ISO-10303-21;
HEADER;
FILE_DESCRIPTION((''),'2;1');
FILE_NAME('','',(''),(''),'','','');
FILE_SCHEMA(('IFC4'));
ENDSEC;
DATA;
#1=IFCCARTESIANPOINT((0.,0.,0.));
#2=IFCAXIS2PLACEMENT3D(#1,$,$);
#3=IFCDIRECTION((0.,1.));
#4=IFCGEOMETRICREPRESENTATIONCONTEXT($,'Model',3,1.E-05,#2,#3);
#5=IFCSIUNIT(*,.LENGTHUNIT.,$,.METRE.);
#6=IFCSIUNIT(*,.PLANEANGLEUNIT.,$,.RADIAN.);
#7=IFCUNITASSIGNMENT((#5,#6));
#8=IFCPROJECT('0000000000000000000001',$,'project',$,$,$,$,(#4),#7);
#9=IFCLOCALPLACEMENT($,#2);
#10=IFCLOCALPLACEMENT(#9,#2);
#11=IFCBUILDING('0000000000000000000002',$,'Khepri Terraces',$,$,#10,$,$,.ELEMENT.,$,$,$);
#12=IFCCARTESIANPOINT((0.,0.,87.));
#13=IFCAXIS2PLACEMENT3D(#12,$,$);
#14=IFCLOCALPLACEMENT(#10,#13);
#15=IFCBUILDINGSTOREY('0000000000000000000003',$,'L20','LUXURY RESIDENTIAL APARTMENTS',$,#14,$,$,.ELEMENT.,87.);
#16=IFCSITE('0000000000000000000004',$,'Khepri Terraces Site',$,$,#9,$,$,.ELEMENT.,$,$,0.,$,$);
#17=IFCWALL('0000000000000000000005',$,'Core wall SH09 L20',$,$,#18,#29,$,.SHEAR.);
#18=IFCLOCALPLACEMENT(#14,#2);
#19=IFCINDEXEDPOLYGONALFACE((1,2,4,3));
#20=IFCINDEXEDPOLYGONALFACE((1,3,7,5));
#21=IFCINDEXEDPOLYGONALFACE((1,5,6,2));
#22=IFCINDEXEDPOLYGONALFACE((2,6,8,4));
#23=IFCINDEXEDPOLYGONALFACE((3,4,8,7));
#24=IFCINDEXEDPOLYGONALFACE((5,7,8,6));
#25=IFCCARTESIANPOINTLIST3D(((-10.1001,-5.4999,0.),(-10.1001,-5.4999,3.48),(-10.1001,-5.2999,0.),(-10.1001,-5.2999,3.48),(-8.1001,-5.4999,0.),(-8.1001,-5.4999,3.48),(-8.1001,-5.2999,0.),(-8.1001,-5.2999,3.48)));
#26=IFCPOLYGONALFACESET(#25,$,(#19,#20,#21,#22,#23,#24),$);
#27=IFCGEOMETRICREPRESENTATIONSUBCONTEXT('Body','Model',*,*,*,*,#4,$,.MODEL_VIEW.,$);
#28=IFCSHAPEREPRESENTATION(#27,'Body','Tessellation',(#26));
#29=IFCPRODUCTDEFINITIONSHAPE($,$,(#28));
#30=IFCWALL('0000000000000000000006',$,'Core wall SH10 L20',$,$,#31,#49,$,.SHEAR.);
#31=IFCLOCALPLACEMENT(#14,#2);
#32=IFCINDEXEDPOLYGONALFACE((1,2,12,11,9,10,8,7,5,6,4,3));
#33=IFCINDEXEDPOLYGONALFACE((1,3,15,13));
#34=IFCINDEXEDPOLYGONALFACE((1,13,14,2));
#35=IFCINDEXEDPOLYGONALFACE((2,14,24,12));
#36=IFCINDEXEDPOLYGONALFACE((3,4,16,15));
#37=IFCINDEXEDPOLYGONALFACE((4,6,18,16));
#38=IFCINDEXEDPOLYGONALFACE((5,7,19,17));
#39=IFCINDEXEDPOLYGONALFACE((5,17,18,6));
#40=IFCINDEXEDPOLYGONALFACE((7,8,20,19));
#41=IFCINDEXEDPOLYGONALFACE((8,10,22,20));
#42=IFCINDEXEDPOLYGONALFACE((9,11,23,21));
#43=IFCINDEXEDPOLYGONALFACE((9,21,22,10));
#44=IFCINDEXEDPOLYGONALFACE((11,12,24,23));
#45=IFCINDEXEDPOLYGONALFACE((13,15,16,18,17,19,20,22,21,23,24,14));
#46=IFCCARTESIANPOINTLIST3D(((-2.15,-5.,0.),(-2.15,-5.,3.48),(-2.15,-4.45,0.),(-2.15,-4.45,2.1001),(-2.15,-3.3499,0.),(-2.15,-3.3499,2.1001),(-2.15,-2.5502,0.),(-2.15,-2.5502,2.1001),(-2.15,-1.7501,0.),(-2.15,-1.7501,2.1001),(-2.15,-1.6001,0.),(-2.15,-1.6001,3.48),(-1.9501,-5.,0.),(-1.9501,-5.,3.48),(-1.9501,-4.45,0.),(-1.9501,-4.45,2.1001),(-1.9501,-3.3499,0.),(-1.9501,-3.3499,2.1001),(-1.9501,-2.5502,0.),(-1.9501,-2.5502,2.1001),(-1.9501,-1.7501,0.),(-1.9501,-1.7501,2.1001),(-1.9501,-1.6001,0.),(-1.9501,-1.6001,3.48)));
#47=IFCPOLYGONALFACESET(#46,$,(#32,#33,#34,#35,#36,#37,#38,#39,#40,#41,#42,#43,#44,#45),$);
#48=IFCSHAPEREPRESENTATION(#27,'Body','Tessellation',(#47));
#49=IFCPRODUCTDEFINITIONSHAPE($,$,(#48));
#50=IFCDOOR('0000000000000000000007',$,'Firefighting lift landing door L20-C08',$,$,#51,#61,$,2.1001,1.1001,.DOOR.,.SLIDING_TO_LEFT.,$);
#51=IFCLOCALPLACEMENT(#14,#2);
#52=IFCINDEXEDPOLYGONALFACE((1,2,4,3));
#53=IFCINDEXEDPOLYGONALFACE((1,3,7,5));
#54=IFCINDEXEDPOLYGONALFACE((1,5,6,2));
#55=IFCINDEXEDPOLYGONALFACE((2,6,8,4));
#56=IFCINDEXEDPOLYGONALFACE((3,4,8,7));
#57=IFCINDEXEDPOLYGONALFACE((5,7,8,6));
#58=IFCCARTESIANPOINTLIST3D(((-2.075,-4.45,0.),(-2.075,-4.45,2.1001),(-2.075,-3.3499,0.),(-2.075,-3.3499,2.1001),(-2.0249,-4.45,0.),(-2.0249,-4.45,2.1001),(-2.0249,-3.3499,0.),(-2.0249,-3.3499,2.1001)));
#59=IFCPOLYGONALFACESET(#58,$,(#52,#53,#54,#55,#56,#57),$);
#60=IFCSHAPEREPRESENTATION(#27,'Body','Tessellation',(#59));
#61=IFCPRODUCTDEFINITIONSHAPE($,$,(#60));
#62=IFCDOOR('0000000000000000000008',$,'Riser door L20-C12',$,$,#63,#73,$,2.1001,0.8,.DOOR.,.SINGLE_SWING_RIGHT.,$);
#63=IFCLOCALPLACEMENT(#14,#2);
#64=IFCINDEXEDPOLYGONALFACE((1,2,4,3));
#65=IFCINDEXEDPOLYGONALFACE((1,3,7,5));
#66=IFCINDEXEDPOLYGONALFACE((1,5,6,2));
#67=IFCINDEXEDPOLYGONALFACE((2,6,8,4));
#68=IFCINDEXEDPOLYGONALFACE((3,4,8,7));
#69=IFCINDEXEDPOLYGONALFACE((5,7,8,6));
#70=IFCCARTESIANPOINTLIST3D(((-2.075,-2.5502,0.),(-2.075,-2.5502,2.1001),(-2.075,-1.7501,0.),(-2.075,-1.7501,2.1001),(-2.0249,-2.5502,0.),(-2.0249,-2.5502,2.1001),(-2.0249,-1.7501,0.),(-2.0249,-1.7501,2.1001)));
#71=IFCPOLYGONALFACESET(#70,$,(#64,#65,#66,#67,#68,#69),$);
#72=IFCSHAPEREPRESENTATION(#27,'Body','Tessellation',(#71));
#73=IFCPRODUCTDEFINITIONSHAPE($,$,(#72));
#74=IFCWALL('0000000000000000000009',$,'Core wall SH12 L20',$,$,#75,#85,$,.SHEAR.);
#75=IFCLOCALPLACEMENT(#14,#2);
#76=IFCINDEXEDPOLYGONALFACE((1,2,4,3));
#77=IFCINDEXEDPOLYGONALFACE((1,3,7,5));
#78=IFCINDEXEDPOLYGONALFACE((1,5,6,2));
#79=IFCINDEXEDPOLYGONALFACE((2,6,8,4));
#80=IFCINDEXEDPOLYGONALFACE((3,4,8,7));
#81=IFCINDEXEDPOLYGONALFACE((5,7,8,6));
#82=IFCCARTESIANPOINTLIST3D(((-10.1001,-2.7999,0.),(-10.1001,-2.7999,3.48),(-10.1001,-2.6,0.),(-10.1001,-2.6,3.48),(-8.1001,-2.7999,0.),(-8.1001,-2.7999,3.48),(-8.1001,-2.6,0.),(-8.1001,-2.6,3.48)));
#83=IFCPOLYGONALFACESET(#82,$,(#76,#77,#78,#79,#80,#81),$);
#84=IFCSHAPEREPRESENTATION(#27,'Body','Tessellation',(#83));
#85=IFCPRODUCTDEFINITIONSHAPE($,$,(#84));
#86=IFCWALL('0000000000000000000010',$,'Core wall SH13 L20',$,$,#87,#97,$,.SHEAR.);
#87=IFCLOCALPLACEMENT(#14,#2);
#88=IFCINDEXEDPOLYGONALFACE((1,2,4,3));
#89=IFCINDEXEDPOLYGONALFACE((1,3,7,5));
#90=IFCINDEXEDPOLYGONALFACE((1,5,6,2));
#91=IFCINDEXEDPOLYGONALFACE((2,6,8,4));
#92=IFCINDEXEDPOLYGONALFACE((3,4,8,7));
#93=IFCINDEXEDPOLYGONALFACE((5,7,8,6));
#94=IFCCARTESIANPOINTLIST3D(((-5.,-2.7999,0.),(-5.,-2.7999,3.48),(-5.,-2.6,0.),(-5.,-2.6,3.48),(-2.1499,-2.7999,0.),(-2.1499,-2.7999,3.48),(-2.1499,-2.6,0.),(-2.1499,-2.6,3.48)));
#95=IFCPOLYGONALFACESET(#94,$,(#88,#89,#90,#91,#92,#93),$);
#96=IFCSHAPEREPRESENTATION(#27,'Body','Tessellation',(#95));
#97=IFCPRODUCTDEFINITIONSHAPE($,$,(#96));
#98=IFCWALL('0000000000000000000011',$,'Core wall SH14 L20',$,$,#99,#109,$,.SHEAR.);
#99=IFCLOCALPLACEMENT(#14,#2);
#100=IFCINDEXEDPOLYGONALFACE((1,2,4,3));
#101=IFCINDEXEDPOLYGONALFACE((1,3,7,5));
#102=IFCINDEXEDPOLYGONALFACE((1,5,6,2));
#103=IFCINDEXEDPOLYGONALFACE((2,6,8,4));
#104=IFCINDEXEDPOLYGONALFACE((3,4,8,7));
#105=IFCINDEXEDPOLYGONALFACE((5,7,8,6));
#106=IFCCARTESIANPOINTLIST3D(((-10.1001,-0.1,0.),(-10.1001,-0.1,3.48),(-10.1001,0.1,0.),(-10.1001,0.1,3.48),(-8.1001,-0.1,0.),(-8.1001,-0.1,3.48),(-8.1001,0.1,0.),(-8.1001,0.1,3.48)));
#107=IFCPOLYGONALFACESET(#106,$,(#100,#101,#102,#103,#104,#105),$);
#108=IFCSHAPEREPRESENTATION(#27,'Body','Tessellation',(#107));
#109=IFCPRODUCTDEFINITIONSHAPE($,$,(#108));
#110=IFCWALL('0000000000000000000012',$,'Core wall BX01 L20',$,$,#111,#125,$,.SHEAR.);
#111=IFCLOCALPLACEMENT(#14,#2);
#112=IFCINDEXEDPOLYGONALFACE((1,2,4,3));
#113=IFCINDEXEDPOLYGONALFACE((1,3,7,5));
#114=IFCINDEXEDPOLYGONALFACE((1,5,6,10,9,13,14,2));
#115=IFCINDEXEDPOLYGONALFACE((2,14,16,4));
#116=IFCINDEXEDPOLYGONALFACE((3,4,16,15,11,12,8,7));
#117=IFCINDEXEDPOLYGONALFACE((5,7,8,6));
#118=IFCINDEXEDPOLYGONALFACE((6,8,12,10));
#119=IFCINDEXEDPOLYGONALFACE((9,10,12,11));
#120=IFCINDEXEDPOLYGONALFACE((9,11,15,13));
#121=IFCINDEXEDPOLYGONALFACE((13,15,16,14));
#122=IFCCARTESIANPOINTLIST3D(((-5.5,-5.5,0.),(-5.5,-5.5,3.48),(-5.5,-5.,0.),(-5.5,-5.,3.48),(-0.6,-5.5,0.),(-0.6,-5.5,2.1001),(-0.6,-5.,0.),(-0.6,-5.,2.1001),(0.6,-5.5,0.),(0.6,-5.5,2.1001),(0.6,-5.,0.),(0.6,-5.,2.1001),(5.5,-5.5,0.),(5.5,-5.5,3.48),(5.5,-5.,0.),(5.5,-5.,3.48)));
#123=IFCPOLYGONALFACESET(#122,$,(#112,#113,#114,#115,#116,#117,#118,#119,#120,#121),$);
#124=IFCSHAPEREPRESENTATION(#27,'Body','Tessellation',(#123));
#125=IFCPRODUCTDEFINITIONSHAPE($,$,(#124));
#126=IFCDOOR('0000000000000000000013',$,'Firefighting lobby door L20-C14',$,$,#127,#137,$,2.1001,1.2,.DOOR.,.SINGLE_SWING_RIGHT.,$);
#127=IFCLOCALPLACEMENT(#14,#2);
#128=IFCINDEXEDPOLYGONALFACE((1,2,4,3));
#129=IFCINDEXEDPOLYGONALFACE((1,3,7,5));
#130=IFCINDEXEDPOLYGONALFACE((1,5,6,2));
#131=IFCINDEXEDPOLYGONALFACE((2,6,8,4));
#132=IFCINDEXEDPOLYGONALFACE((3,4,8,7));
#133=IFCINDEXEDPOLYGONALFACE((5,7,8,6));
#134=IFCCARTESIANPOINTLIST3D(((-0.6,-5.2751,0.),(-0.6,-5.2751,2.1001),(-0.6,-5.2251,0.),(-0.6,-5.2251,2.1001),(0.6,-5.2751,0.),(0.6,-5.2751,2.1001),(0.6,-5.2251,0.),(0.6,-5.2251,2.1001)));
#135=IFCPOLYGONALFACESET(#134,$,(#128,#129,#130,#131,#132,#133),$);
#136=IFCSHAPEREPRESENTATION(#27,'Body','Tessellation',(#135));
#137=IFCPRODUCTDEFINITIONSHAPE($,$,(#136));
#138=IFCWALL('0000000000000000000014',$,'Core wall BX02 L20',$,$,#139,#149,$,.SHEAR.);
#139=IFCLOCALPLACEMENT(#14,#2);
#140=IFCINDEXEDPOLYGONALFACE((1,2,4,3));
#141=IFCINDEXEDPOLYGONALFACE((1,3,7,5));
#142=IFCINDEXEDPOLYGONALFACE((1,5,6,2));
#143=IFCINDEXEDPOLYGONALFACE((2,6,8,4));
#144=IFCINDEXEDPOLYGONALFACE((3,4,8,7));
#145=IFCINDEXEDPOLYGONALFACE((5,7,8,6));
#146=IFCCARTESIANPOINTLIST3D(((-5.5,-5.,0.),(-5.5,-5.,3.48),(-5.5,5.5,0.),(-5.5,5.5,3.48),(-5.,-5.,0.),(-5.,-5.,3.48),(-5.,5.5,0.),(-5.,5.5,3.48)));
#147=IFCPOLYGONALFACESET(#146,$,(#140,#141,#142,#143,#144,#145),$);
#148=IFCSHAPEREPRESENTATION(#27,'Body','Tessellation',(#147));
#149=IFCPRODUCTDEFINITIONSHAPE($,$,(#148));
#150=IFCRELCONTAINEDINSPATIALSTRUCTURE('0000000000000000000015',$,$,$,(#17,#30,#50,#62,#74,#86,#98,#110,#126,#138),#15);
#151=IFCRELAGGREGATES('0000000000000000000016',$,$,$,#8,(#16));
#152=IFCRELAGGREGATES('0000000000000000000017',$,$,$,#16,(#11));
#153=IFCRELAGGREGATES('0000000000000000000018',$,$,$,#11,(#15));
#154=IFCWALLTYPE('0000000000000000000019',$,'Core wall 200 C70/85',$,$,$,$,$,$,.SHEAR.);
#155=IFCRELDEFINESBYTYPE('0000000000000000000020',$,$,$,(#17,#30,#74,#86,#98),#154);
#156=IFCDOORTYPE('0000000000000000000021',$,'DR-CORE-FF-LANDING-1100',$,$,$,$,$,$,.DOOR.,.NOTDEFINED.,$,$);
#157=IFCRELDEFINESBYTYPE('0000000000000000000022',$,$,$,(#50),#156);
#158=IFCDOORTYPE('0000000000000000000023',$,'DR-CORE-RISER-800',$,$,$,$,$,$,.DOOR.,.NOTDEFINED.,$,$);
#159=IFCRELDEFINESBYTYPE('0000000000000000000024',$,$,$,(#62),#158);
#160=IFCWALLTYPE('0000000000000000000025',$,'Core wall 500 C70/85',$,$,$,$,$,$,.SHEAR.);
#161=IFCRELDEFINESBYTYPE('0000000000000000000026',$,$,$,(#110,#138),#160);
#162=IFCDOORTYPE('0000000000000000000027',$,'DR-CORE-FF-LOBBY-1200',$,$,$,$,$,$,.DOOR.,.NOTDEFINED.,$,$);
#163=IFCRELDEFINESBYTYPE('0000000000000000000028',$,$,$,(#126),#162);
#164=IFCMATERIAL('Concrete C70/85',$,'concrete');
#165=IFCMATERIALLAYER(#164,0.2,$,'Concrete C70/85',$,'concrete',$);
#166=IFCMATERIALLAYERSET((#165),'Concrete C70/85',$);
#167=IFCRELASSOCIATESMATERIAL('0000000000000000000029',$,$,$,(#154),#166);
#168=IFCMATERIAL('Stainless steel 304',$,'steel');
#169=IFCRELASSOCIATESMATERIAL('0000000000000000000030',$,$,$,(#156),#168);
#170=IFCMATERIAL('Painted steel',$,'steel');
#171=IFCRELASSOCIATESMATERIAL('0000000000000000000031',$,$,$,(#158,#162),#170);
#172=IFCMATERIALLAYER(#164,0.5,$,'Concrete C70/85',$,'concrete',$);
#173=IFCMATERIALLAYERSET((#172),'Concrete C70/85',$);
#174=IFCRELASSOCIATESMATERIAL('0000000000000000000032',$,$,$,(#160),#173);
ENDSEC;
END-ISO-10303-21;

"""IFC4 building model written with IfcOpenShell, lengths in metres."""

from ifc_helpers import new_model, si_unit, direction, frame, frame_2d, origin, place, context, subcontext, project, spatial, rectangle, extrude, material, layer, layer_set, type_object, element, fill, save


model = new_model("IFC4")

# Units and contexts
model_context = context("Model", 3, precision=1e-05, world=origin(), true_north=direction((0.0, 1.0)))
body_context = subcontext(model_context, "Body", "Model", "MODEL_VIEW")
ifc_project = project(units=[si_unit("LENGTHUNIT", "METRE"), si_unit("PLANEANGLEUNIT", "RADIAN")], contexts=[model_context])

# Site, building, storey
site_placement = place(None, origin())
site = spatial("IfcSite", under=ifc_project, at=site_placement, Name="Khepri Terraces Site", CompositionType="ELEMENT", RefElevation=0.0)
building_placement = place(site_placement, origin())
building = spatial("IfcBuilding", under=site, at=building_placement, Name="Khepri Terraces", CompositionType="ELEMENT")
storey_placement = place(building_placement, frame((0.0, 0.0, 87.0)))
storey = spatial("IfcBuildingStorey", under=building, at=storey_placement, Name="L20", Description="LUXURY RESIDENTIAL APARTMENTS", CompositionType="ELEMENT", Elevation=87.0)

# Shared definitions
ifc_material_1 = material(Name="Concrete C70/85", Category="concrete")
ifc_layer_1 = layer(ifc_material_1, 0.2, Name="Concrete C70/85", Category="concrete")
ifc_layer_set_1 = layer_set([ifc_layer_1], Name="Concrete C70/85")
wall_type_1 = type_object("IfcWallType", Name="Core wall 200 C70/85", PredefinedType="SHEAR", material=ifc_layer_set_1)

# Shared definitions
ifc_material_2 = material(Name="Painted steel", Category="steel")

# Shared definitions
ifc_material_3 = material(Name="Stainless steel 304", Category="steel")

# Wall
wall_1_placement = place(storey_placement, frame((-10.1001, -5.3999, 0.0), z_axis=(0.0, 0.0, 1.0), x_axis=(1.0, 0.0, 0.0)))
element("IfcWall", 1, at=wall_1_placement, inside=storey, type_object=wall_type_1, Name="Core wall SH09 L20", PredefinedType="SHEAR", context=body_context, shape_type="SweptSolid", body=[
    extrude(rectangle(XDim=2.0, YDim=0.2, at=frame_2d((1.0, 0.0))), origin(), (0.0, 0.0, 1.0), 3.48),
])

# Wall, openings, doors
wall_2_placement = place(storey_placement, frame((-2.05, -5.0, 0.0), z_axis=(0.0, 0.0, 1.0), x_axis=(0.0, 1.0, 0.0)))
wall_2 = element("IfcWall", 2, at=wall_2_placement, inside=storey, type_object=wall_type_1, Name="Core wall SH10 L20", PredefinedType="SHEAR", context=body_context, shape_type="SweptSolid", body=[
    extrude(rectangle(XDim=3.3999, YDim=0.2, at=frame_2d((1.7, 0.0))), origin(), (0.0, 0.0, 1.0), 3.48),
])
opening_1_placement = place(wall_2_placement, frame((0.55, 0.0, 0.0)))
opening_1 = element("IfcOpeningElement", 3, at=opening_1_placement, cuts=wall_2, PredefinedType="OPENING", context=body_context, shape_type="SweptSolid", body=[
    extrude(rectangle(XDim=1.1001, YDim=2.1001, at=frame_2d((0.55, 1.05))), frame((0.0, 0.1099, 0.0), z_axis=(0.0, -1.0, 0.0), x_axis=(1.0, 0.0, 0.0)), (0.0, 0.0, 1.0), 0.22),
])
opening_2_placement = place(wall_2_placement, frame((2.45, 0.0, 0.0)))
opening_2 = element("IfcOpeningElement", 4, at=opening_2_placement, cuts=wall_2, PredefinedType="OPENING", context=body_context, shape_type="SweptSolid", body=[
    extrude(rectangle(XDim=0.8, YDim=2.1001, at=frame_2d((0.3999, 1.05))), frame((0.0, 0.1099, 0.0), z_axis=(0.0, -1.0, 0.0), x_axis=(1.0, 0.0, 0.0)), (0.0, 0.0, 1.0), 0.22),
])
door_type_1 = type_object("IfcDoorType", Name="DR-CORE-FF-LANDING-1100", OperationType="NOTDEFINED", PredefinedType="DOOR", material=ifc_material_3)
door_1_placement = place(opening_1_placement, origin())
door_1 = element("IfcDoor", 5, at=door_1_placement, inside=storey, type_object=door_type_1, Name="Firefighting lift landing door L20-C08", OperationType="SLIDING_TO_LEFT", OverallHeight=2.1001, OverallWidth=1.1001, PredefinedType="DOOR", context=body_context, shape_type="SweptSolid", body=[
    extrude(rectangle(XDim=1.1001, YDim=2.1001, at=frame_2d((0.55, 1.05))), frame((0.0, 0.0249, 0.0), z_axis=(0.0, -1.0, 0.0), x_axis=(1.0, 0.0, 0.0)), (0.0, 0.0, 1.0), 0.05),
])
fill(opening_1, door_1)
door_type_2 = type_object("IfcDoorType", Name="DR-CORE-RISER-800", OperationType="NOTDEFINED", PredefinedType="DOOR", material=ifc_material_2)
door_2_placement = place(opening_2_placement, origin())
door_2 = element("IfcDoor", 6, at=door_2_placement, inside=storey, type_object=door_type_2, Name="Riser door L20-C12", OperationType="SINGLE_SWING_RIGHT", OverallHeight=2.1001, OverallWidth=0.8, PredefinedType="DOOR", context=body_context, shape_type="SweptSolid", body=[
    extrude(rectangle(XDim=0.8, YDim=2.1001, at=frame_2d((0.3999, 1.05))), frame((0.0, 0.0249, 0.0), z_axis=(0.0, -1.0, 0.0), x_axis=(1.0, 0.0, 0.0)), (0.0, 0.0, 1.0), 0.05),
])
fill(opening_2, door_2)

# Walls
wall_3_placement = place(storey_placement, frame((-10.1001, -2.7, 0.0), z_axis=(0.0, 0.0, 1.0), x_axis=(1.0, 0.0, 0.0)))
element("IfcWall", 7, at=wall_3_placement, inside=storey, type_object=wall_type_1, Name="Core wall SH12 L20", PredefinedType="SHEAR", context=body_context, shape_type="SweptSolid", body=[
    extrude(rectangle(XDim=2.0, YDim=0.2, at=frame_2d((1.0, 0.0))), origin(), (0.0, 0.0, 1.0), 3.48),
])
wall_4_placement = place(storey_placement, frame((-5.0, -2.7, 0.0), z_axis=(0.0, 0.0, 1.0), x_axis=(1.0, 0.0, 0.0)))
element("IfcWall", 8, at=wall_4_placement, inside=storey, type_object=wall_type_1, Name="Core wall SH13 L20", PredefinedType="SHEAR", context=body_context, shape_type="SweptSolid", body=[
    extrude(rectangle(XDim=2.8501, YDim=0.2, at=frame_2d((1.425, 0.0))), origin(), (0.0, 0.0, 1.0), 3.48),
])
wall_5_placement = place(storey_placement, frame((-10.1001, 0.0, 0.0), z_axis=(0.0, 0.0, 1.0), x_axis=(1.0, 0.0, 0.0)))
element("IfcWall", 9, at=wall_5_placement, inside=storey, type_object=wall_type_1, Name="Core wall SH14 L20", PredefinedType="SHEAR", context=body_context, shape_type="SweptSolid", body=[
    extrude(rectangle(XDim=2.0, YDim=0.2, at=frame_2d((1.0, 0.0))), origin(), (0.0, 0.0, 1.0), 3.48),
])

# Wall, opening, door
ifc_layer_2 = layer(ifc_material_1, 0.5, Name="Concrete C70/85", Category="concrete")
ifc_layer_set_2 = layer_set([ifc_layer_2], Name="Concrete C70/85")
wall_type_2 = type_object("IfcWallType", Name="Core wall 500 C70/85", PredefinedType="SHEAR", material=ifc_layer_set_2)
wall_6_placement = place(storey_placement, frame((-5.5, -5.25, 0.0), z_axis=(0.0, 0.0, 1.0), x_axis=(1.0, 0.0, 0.0)))
wall_6 = element("IfcWall", 10, at=wall_6_placement, inside=storey, type_object=wall_type_2, Name="Core wall BX01 L20", PredefinedType="SHEAR", context=body_context, shape_type="SweptSolid", body=[
    extrude(rectangle(XDim=11.0, YDim=0.5, at=frame_2d((5.5, 0.0))), origin(), (0.0, 0.0, 1.0), 3.48),
])
opening_3_placement = place(wall_6_placement, frame((4.8999, 0.0, 0.0)))
opening_3 = element("IfcOpeningElement", 11, at=opening_3_placement, cuts=wall_6, PredefinedType="OPENING", context=body_context, shape_type="SweptSolid", body=[
    extrude(rectangle(XDim=1.2, YDim=2.1001, at=frame_2d((0.6001, 1.05))), frame((0.0, 0.26, 0.0), z_axis=(0.0, -1.0, 0.0), x_axis=(1.0, 0.0, 0.0)), (0.0, 0.0, 1.0), 0.52),
])
door_type_3 = type_object("IfcDoorType", Name="DR-CORE-FF-LOBBY-1200", OperationType="NOTDEFINED", PredefinedType="DOOR", material=ifc_material_2)
door_3_placement = place(opening_3_placement, origin())
door_3 = element("IfcDoor", 12, at=door_3_placement, inside=storey, type_object=door_type_3, Name="Firefighting lobby door L20-C14", OperationType="SINGLE_SWING_RIGHT", OverallHeight=2.1001, OverallWidth=1.2, PredefinedType="DOOR", context=body_context, shape_type="SweptSolid", body=[
    extrude(rectangle(XDim=1.2, YDim=2.1001, at=frame_2d((0.6001, 1.05))), frame((0.0, 0.0249, 0.0), z_axis=(0.0, -1.0, 0.0), x_axis=(1.0, 0.0, 0.0)), (0.0, 0.0, 1.0), 0.05),
])
fill(opening_3, door_3)

# Wall
wall_7_placement = place(storey_placement, frame((-5.25, -5.0, 0.0), z_axis=(0.0, 0.0, 1.0), x_axis=(0.0, 1.0, 0.0)))
element("IfcWall", 13, at=wall_7_placement, inside=storey, type_object=wall_type_2, Name="Core wall BX02 L20", PredefinedType="SHEAR", context=body_context, shape_type="SweptSolid", body=[
    extrude(rectangle(XDim=10.5, YDim=0.5, at=frame_2d((5.25, 0.0))), origin(), (0.0, 0.0, 1.0), 3.48),
])

save(model, "model.ifc")
